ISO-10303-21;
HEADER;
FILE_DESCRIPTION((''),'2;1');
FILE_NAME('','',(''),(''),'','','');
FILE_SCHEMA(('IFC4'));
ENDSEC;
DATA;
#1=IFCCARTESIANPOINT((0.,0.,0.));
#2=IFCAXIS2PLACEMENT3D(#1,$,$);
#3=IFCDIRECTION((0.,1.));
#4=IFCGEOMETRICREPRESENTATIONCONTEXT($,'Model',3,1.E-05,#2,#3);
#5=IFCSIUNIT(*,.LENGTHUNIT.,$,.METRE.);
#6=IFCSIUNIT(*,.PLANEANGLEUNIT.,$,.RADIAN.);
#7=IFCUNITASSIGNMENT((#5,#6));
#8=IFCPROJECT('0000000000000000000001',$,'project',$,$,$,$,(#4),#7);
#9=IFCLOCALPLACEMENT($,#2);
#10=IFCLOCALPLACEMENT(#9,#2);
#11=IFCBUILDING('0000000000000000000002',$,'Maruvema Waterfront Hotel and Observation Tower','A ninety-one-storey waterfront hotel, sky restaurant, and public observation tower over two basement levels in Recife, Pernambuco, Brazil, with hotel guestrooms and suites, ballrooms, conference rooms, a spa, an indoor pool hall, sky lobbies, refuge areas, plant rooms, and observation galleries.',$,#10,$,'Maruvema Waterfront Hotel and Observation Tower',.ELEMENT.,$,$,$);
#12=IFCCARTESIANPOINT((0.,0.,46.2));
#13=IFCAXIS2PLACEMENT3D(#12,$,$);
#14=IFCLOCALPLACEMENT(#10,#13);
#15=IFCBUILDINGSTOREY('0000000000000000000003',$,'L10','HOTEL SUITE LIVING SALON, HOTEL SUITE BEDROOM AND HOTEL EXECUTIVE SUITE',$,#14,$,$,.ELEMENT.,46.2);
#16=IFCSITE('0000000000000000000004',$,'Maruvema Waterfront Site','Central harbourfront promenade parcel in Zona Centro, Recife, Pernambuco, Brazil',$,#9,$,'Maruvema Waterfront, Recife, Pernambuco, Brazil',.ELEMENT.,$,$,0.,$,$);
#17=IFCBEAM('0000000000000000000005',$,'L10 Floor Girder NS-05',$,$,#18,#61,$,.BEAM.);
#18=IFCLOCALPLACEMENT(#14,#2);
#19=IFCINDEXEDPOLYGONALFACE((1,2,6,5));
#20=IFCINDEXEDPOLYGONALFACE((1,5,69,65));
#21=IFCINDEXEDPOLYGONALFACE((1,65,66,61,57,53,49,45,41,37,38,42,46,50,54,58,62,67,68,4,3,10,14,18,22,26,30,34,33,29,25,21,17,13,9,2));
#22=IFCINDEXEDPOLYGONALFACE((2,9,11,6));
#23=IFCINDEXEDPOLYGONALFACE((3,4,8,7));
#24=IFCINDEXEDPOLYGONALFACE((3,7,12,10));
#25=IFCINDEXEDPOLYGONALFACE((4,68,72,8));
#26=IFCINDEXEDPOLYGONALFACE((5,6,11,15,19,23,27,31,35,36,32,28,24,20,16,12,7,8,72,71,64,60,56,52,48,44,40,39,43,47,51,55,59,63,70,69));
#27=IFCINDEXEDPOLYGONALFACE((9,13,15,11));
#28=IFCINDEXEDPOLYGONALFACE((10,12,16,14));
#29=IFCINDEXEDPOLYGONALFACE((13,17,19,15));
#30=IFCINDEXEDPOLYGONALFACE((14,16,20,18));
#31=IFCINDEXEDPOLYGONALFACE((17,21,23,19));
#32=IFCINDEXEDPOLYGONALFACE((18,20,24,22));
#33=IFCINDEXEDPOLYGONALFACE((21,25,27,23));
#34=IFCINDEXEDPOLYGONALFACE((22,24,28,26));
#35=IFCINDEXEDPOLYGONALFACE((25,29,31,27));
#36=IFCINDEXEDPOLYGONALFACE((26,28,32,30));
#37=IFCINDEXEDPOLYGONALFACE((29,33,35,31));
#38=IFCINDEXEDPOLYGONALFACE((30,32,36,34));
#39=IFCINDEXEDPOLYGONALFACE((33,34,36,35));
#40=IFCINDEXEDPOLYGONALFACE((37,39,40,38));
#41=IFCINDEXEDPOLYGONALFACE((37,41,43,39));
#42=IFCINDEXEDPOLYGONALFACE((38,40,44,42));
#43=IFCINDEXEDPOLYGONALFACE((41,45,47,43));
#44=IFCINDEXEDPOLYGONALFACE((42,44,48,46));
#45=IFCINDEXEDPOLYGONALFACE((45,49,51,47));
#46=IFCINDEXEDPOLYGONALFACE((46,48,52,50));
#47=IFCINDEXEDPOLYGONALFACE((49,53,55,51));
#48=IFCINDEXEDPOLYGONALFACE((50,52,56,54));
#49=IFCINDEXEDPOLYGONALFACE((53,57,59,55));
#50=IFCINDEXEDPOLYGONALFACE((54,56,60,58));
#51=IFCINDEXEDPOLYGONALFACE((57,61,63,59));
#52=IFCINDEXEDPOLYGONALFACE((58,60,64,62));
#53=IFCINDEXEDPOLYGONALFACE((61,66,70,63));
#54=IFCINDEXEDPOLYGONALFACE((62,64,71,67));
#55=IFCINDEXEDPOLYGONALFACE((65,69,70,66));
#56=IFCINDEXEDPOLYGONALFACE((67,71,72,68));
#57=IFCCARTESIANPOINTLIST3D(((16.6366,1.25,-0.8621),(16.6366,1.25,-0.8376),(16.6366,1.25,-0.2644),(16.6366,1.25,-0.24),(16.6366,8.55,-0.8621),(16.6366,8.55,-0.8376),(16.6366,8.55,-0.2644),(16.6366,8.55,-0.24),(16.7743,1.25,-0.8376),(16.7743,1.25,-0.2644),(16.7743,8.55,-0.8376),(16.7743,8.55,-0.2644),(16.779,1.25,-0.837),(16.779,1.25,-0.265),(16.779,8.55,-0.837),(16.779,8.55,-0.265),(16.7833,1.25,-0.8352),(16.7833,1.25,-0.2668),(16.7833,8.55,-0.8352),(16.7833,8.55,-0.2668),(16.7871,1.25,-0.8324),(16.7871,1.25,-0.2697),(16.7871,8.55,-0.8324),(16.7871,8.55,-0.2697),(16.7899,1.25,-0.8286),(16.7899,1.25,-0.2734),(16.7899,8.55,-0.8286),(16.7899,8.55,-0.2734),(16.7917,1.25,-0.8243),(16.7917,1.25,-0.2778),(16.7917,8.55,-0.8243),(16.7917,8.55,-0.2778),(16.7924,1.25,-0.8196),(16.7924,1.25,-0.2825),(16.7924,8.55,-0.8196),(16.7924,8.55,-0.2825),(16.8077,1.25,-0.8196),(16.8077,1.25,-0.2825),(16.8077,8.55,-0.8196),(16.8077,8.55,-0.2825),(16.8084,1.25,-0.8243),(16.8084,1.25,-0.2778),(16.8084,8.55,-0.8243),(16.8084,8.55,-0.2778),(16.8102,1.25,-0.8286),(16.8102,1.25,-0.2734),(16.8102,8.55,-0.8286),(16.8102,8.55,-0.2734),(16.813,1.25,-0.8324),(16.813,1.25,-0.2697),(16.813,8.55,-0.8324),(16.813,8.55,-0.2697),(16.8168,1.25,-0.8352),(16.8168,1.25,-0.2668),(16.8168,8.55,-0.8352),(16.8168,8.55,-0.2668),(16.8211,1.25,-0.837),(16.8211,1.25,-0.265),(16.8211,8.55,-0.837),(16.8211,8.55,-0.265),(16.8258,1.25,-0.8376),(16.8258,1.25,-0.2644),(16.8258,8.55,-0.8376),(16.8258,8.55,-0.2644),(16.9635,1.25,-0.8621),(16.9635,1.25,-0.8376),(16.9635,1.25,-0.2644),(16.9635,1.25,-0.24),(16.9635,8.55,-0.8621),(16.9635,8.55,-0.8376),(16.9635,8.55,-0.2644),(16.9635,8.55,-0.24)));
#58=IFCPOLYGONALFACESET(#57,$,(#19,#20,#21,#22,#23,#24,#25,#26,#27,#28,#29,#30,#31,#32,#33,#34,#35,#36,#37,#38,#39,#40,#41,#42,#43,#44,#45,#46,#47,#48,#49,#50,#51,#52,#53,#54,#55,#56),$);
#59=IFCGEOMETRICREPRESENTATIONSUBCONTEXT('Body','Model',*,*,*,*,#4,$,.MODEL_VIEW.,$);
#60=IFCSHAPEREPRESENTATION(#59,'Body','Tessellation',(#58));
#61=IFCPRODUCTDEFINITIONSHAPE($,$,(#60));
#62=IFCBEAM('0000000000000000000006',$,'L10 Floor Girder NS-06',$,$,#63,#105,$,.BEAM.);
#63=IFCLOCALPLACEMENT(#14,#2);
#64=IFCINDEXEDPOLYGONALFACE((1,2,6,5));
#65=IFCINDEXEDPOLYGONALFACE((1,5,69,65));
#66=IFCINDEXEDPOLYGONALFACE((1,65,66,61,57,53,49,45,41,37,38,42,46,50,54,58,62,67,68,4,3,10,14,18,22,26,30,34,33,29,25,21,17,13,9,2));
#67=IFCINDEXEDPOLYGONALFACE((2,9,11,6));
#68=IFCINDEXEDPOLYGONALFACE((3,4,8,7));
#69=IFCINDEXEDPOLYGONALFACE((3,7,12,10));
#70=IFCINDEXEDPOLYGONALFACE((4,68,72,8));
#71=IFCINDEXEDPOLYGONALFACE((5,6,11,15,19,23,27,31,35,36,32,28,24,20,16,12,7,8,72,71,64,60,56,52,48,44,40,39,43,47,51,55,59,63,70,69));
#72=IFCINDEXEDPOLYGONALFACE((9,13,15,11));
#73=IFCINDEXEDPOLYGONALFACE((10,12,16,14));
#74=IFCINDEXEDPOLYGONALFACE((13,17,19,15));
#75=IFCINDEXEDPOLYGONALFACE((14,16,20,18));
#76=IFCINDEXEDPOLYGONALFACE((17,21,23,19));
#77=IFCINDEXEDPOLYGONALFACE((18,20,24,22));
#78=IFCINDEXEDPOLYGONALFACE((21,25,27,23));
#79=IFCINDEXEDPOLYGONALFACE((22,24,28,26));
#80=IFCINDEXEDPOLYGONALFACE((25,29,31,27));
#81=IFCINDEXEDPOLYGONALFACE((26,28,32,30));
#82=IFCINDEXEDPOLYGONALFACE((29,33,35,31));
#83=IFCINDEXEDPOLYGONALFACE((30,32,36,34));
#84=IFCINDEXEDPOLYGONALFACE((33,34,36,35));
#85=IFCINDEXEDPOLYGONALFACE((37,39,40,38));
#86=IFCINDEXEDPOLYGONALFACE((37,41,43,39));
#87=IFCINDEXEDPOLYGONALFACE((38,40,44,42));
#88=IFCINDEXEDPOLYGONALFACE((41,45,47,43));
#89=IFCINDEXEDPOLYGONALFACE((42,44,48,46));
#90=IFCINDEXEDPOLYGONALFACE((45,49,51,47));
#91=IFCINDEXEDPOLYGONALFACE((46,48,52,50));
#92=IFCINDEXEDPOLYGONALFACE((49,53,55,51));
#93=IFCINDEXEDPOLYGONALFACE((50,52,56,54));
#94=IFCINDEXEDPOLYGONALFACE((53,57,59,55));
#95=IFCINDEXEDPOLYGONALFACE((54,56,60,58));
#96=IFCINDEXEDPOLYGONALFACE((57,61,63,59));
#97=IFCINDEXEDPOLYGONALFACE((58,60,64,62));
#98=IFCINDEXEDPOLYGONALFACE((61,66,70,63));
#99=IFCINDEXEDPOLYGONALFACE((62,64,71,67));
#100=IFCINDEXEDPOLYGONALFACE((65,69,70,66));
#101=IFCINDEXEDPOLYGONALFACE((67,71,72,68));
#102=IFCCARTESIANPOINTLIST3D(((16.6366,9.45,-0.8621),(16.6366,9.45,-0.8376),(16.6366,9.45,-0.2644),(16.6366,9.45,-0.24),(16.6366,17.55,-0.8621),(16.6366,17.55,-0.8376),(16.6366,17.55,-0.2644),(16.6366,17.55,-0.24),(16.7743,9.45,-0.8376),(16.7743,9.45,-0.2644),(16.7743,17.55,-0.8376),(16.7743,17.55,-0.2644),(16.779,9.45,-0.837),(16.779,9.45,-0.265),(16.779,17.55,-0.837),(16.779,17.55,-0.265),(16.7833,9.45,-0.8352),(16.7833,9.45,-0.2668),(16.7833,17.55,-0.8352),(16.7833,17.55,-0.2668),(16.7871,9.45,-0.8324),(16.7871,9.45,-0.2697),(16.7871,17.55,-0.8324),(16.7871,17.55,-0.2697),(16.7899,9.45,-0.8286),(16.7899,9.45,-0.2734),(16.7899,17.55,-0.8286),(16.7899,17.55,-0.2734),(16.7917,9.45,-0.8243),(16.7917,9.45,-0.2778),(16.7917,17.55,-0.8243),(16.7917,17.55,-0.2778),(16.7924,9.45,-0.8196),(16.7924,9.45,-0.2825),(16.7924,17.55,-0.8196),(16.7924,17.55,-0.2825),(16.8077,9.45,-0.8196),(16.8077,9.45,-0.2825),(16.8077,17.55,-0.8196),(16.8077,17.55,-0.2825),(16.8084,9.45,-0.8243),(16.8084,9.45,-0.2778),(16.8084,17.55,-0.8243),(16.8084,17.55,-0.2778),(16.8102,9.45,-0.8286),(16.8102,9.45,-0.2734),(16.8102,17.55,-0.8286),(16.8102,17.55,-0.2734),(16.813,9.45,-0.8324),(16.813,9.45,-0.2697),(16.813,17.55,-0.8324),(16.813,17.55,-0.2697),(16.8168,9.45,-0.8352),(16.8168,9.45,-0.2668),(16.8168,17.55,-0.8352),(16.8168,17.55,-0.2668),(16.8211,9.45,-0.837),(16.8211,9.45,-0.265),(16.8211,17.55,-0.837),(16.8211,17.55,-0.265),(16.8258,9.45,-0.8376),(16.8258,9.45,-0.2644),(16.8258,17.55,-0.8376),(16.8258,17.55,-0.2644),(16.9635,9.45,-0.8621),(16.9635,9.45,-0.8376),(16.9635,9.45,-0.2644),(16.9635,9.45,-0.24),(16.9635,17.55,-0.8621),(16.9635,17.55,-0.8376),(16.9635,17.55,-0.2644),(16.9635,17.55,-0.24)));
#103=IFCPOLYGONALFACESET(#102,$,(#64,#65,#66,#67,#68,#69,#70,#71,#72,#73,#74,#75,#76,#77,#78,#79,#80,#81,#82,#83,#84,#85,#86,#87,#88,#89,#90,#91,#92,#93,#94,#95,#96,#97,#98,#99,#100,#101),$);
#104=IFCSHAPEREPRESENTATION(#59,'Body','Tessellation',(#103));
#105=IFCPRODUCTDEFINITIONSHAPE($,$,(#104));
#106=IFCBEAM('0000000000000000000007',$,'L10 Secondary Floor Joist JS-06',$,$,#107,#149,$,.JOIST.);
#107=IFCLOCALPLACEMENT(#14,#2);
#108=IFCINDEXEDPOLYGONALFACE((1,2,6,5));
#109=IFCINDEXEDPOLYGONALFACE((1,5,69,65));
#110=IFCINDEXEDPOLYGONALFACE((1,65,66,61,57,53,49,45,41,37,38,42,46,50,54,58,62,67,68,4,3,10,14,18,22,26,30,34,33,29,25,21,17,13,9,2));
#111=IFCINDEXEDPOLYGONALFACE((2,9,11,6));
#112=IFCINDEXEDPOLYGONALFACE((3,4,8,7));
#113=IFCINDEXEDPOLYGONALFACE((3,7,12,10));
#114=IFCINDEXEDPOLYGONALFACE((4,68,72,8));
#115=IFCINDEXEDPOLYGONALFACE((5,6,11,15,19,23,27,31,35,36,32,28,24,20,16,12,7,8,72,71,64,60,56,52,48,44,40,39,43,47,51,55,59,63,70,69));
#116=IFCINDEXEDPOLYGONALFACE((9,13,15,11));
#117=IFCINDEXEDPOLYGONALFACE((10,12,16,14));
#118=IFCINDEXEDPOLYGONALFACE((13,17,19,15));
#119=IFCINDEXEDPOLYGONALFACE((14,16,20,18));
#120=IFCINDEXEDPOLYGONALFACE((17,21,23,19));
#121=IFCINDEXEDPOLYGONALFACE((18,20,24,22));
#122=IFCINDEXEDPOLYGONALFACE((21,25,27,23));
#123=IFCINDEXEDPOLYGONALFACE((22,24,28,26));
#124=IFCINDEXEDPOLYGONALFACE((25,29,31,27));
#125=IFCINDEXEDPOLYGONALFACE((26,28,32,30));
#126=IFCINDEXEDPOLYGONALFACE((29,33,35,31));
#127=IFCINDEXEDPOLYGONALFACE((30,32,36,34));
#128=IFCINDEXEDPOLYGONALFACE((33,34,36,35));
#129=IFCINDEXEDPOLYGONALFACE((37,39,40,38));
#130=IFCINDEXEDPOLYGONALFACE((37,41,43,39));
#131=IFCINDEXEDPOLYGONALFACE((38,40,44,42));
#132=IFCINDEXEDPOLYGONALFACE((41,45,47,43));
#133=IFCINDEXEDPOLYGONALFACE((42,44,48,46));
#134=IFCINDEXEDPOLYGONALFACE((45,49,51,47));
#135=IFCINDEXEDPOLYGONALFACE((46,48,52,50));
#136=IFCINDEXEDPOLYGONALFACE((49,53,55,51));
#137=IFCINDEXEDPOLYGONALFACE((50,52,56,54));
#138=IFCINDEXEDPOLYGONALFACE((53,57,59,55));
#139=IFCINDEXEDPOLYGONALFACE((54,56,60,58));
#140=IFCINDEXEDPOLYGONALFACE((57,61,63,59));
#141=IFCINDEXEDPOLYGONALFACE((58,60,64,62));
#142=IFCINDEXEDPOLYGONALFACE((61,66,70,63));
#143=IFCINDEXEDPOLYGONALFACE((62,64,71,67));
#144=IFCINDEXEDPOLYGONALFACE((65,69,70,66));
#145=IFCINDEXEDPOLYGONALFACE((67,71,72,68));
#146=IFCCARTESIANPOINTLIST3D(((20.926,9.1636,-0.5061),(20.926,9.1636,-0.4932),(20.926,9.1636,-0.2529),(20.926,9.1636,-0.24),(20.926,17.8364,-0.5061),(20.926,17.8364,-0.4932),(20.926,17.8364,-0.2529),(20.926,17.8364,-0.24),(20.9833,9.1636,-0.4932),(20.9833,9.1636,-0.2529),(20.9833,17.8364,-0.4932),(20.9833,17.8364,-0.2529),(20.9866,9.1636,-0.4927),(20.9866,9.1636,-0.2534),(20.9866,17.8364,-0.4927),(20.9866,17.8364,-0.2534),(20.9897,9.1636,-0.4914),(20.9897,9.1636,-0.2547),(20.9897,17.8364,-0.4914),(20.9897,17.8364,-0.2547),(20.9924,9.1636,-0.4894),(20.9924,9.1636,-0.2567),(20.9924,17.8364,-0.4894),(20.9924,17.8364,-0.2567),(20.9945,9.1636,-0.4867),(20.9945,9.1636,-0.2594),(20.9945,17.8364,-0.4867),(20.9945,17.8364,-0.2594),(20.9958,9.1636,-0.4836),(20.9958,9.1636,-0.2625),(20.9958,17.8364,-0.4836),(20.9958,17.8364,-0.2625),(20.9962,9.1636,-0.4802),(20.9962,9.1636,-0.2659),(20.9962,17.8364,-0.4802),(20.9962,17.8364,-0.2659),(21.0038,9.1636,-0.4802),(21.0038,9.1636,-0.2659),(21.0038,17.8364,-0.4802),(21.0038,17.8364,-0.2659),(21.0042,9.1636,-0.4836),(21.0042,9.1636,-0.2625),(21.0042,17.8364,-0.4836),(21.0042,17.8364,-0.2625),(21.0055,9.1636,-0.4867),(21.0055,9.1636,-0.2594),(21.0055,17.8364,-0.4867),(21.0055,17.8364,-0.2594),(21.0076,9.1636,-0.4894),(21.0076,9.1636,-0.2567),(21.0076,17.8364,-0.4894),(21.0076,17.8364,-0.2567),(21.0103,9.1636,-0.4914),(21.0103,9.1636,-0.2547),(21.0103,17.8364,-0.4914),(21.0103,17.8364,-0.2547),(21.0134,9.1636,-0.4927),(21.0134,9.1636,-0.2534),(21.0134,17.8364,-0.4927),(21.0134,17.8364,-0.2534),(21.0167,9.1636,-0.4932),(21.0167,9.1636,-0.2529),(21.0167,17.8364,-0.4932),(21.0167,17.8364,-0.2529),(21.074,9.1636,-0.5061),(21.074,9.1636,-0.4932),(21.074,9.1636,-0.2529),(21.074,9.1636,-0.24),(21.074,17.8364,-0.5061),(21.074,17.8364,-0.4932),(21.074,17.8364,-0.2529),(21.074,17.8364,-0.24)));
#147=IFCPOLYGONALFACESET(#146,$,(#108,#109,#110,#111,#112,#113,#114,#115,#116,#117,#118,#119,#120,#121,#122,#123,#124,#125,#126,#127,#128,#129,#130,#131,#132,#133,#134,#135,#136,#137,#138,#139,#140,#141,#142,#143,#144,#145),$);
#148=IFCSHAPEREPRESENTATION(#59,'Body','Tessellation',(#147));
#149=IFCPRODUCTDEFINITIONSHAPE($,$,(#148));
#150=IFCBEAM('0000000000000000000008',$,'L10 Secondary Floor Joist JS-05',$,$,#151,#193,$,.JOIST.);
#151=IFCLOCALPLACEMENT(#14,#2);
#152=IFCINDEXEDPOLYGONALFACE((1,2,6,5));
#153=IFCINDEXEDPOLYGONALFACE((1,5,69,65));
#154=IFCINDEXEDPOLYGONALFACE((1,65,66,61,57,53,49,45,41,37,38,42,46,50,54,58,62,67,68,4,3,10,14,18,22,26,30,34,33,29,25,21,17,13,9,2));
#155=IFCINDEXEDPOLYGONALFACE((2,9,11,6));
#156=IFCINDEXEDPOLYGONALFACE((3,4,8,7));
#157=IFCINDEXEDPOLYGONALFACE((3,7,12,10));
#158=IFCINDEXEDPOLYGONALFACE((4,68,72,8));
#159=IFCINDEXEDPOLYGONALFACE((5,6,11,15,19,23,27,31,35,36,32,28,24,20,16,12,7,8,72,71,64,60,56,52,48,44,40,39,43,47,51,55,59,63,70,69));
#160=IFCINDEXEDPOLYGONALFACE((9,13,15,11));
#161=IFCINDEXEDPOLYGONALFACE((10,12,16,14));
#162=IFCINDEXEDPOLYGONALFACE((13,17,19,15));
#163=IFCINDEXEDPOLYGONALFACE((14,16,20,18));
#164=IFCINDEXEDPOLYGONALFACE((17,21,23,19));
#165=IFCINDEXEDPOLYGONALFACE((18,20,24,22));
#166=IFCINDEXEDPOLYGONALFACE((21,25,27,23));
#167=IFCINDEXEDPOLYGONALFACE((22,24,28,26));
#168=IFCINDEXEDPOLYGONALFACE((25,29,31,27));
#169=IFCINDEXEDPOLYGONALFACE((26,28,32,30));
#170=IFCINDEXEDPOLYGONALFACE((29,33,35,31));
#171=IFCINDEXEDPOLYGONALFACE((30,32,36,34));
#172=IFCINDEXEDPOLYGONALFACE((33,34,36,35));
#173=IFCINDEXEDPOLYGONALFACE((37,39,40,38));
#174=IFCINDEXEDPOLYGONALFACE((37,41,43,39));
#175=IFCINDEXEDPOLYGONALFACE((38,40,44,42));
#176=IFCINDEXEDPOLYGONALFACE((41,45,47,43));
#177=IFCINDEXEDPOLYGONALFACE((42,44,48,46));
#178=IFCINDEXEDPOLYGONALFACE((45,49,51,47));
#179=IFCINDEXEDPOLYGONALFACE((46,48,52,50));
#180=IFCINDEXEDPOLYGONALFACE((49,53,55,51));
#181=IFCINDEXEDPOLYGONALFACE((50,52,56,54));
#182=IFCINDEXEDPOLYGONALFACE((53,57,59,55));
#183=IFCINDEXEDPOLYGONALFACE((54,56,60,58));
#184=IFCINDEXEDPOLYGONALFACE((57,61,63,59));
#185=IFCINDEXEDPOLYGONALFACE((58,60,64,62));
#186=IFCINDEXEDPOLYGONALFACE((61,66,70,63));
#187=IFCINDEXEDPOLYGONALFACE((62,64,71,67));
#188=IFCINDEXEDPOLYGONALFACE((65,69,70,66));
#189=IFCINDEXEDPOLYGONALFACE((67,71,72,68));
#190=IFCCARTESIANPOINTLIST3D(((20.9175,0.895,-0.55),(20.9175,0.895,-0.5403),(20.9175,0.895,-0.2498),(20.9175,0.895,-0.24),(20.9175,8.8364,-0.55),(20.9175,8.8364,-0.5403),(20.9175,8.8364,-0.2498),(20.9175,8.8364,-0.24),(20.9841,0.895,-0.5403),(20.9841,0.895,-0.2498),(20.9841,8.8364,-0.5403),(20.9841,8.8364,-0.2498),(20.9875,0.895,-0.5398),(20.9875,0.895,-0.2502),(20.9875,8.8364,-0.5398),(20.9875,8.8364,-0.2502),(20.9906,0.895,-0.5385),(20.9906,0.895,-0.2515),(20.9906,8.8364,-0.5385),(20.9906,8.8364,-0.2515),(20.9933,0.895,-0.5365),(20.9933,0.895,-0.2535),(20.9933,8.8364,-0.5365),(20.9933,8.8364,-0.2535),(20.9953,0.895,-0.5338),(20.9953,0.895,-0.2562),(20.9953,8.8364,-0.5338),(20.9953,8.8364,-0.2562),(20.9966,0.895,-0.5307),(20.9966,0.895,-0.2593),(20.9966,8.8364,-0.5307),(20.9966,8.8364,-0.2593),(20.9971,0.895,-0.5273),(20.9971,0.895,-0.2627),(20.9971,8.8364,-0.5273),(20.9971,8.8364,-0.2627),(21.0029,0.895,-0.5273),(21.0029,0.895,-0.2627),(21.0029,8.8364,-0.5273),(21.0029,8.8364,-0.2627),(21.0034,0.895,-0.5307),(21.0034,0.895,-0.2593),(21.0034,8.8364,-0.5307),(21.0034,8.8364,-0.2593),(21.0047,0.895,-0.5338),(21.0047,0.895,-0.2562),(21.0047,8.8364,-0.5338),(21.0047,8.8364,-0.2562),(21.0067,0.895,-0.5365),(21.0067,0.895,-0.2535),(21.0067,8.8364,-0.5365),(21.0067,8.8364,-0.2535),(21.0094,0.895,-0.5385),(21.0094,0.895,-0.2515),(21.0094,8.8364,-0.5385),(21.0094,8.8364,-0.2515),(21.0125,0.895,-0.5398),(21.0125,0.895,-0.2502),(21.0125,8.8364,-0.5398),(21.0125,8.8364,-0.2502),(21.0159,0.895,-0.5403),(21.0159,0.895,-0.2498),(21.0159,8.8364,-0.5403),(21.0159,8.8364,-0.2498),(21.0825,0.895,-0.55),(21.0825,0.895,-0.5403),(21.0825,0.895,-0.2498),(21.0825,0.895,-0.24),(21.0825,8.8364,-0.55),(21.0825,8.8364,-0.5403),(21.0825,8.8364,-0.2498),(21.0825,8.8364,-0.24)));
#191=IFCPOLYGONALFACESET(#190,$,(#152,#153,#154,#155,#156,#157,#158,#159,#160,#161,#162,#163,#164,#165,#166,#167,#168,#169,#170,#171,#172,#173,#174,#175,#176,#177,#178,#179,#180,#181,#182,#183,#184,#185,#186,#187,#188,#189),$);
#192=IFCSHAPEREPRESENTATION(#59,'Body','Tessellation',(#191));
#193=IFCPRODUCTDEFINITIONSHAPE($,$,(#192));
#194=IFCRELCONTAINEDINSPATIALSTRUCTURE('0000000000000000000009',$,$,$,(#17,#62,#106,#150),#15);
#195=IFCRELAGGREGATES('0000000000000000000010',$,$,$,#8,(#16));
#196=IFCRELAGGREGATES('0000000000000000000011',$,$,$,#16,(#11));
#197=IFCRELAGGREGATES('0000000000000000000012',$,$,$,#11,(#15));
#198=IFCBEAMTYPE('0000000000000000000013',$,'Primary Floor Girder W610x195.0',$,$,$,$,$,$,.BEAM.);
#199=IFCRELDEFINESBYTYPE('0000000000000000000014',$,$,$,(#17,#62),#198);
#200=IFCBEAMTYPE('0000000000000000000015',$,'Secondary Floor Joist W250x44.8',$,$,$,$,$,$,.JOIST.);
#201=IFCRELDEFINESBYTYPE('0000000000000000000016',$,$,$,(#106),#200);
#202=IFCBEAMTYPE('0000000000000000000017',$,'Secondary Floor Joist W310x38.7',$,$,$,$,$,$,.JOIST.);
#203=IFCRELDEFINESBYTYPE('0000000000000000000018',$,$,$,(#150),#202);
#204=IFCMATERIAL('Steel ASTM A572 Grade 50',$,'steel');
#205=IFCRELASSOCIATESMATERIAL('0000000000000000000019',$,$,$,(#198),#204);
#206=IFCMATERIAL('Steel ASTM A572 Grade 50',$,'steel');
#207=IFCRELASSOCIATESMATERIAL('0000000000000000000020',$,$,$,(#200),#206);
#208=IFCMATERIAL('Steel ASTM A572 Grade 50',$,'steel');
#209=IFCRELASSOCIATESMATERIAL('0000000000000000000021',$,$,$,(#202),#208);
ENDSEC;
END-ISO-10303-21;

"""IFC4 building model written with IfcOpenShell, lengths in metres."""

from ifc_helpers import new_model, si_unit, direction, frame, origin, origin_2d, place, context, subcontext, project, spatial, i_section, extrude, material, material_profile, profile_set, type_object, element, save


model = new_model("IFC4")

# Units and contexts
model_context = context("Model", 3, precision=1e-05, world=origin(), true_north=direction((0.0, 1.0)))
body_context = subcontext(model_context, "Body", "Model", "MODEL_VIEW")
ifc_project = project(units=[si_unit("LENGTHUNIT", "METRE"), si_unit("PLANEANGLEUNIT", "RADIAN")], contexts=[model_context])

# Site, building, storey
site_placement = place(None, origin())
site = spatial("IfcSite", under=ifc_project, at=site_placement, Name="Maruvema Waterfront Site", Description="Central harbourfront promenade parcel in Zona Centro, Recife, Pernambuco, Brazil", LongName="Maruvema Waterfront, Recife, Pernambuco, Brazil", CompositionType="ELEMENT", RefElevation=0.0)
building_placement = place(site_placement, origin())
building = spatial("IfcBuilding", under=site, at=building_placement, Name="Maruvema Waterfront Hotel and Observation Tower", Description="A ninety-one-storey waterfront hotel, sky restaurant, and public observation tower over two basement levels in Recife, Pernambuco, Brazil, with hotel guestrooms and suites, ballrooms, conference rooms, a spa, an indoor pool hall, sky lobbies, refuge areas, plant rooms, and observation galleries.", LongName="Maruvema Waterfront Hotel and Observation Tower", CompositionType="ELEMENT")
storey_placement = place(building_placement, frame((0.0, 0.0, 46.2)))
storey = spatial("IfcBuildingStorey", under=building, at=storey_placement, Name="L10", Description="HOTEL SUITE LIVING SALON, HOTEL SUITE BEDROOM AND HOTEL EXECUTIVE SUITE", CompositionType="ELEMENT", Elevation=46.2)

# Beams
ifc_material_1 = material(Name="Steel ASTM A572 Grade 50", Category="steel")
ifc_material_profile_1 = material_profile(ifc_material_1, i_section(OverallWidth=0.3269, OverallDepth=0.6221, WebThickness=0.0154, FlangeThickness=0.0244, FilletRadius=0.0181, at=origin_2d()), Name="W610x195.0")
ifc_profile_set_1 = profile_set([ifc_material_profile_1], Name="Steel ASTM A572 Grade 50")
beam_type_1 = type_object("IfcBeamType", Name="Primary Floor Girder W610x195.0", PredefinedType="BEAM", material=ifc_profile_set_1)
beam_1_placement = place(storey_placement, frame((16.8, 1.25, -0.551), z_axis=(0.0, 1.0, 0.0), x_axis=(-1.0, 0.0, 0.0)))
element("IfcBeam", 1, at=beam_1_placement, inside=storey, type_object=beam_type_1, Name="L10 Floor Girder NS-05", PredefinedType="BEAM", context=body_context, shape_type="SweptSolid", body=[
    extrude(i_section(OverallWidth=0.3269, OverallDepth=0.6221, WebThickness=0.0154, FlangeThickness=0.0244, FilletRadius=0.0181, at=origin_2d()), origin(), (0.0, 0.0, 1.0), 7.3),
])
beam_2_placement = place(storey_placement, frame((16.8, 9.45, -0.551), z_axis=(0.0, 1.0, 0.0), x_axis=(-1.0, 0.0, 0.0)))
element("IfcBeam", 2, at=beam_2_placement, inside=storey, type_object=beam_type_1, Name="L10 Floor Girder NS-06", PredefinedType="BEAM", context=body_context, shape_type="SweptSolid", body=[
    extrude(i_section(OverallWidth=0.3269, OverallDepth=0.6221, WebThickness=0.0154, FlangeThickness=0.0244, FilletRadius=0.0181, at=origin_2d()), origin(), (0.0, 0.0, 1.0), 8.1001),
])
ifc_material_2 = material(Name="Steel ASTM A572 Grade 50", Category="steel")
ifc_material_profile_2 = material_profile(ifc_material_2, i_section(OverallWidth=0.1479, OverallDepth=0.2661, WebThickness=0.0076, FlangeThickness=0.0129, FilletRadius=0.0129, at=origin_2d()), Name="W250x44.8")
ifc_profile_set_2 = profile_set([ifc_material_profile_2], Name="Steel ASTM A572 Grade 50")
beam_type_2 = type_object("IfcBeamType", Name="Secondary Floor Joist W250x44.8", PredefinedType="JOIST", material=ifc_profile_set_2)
beam_3_placement = place(storey_placement, frame((21.0, 9.1636, -0.373), z_axis=(0.0, 1.0, 0.0), x_axis=(-1.0, 0.0, 0.0)))
element("IfcBeam", 3, at=beam_3_placement, inside=storey, type_object=beam_type_2, Name="L10 Secondary Floor Joist JS-06", PredefinedType="JOIST", context=body_context, shape_type="SweptSolid", body=[
    extrude(i_section(OverallWidth=0.1479, OverallDepth=0.2661, WebThickness=0.0076, FlangeThickness=0.0129, FilletRadius=0.0129, at=origin_2d()), origin(), (0.0, 0.0, 1.0), 8.6729),
])
ifc_material_3 = material(Name="Steel ASTM A572 Grade 50", Category="steel")
ifc_material_profile_3 = material_profile(ifc_material_3, i_section(OverallWidth=0.165, OverallDepth=0.3101, WebThickness=0.0059, FlangeThickness=0.0098, FilletRadius=0.0129, at=origin_2d()), Name="W310x38.7")
ifc_profile_set_3 = profile_set([ifc_material_profile_3], Name="Steel ASTM A572 Grade 50")
beam_type_3 = type_object("IfcBeamType", Name="Secondary Floor Joist W310x38.7", PredefinedType="JOIST", material=ifc_profile_set_3)
beam_4_placement = place(storey_placement, frame((21.0, 0.895, -0.395), z_axis=(0.0, 1.0, 0.0), x_axis=(-1.0, 0.0, 0.0)))
element("IfcBeam", 4, at=beam_4_placement, inside=storey, type_object=beam_type_3, Name="L10 Secondary Floor Joist JS-05", PredefinedType="JOIST", context=body_context, shape_type="SweptSolid", body=[
    extrude(i_section(OverallWidth=0.165, OverallDepth=0.3101, WebThickness=0.0059, FlangeThickness=0.0098, FilletRadius=0.0129, at=origin_2d()), origin(), (0.0, 0.0, 1.0), 7.9414),
])

save(model, "model.ifc")
